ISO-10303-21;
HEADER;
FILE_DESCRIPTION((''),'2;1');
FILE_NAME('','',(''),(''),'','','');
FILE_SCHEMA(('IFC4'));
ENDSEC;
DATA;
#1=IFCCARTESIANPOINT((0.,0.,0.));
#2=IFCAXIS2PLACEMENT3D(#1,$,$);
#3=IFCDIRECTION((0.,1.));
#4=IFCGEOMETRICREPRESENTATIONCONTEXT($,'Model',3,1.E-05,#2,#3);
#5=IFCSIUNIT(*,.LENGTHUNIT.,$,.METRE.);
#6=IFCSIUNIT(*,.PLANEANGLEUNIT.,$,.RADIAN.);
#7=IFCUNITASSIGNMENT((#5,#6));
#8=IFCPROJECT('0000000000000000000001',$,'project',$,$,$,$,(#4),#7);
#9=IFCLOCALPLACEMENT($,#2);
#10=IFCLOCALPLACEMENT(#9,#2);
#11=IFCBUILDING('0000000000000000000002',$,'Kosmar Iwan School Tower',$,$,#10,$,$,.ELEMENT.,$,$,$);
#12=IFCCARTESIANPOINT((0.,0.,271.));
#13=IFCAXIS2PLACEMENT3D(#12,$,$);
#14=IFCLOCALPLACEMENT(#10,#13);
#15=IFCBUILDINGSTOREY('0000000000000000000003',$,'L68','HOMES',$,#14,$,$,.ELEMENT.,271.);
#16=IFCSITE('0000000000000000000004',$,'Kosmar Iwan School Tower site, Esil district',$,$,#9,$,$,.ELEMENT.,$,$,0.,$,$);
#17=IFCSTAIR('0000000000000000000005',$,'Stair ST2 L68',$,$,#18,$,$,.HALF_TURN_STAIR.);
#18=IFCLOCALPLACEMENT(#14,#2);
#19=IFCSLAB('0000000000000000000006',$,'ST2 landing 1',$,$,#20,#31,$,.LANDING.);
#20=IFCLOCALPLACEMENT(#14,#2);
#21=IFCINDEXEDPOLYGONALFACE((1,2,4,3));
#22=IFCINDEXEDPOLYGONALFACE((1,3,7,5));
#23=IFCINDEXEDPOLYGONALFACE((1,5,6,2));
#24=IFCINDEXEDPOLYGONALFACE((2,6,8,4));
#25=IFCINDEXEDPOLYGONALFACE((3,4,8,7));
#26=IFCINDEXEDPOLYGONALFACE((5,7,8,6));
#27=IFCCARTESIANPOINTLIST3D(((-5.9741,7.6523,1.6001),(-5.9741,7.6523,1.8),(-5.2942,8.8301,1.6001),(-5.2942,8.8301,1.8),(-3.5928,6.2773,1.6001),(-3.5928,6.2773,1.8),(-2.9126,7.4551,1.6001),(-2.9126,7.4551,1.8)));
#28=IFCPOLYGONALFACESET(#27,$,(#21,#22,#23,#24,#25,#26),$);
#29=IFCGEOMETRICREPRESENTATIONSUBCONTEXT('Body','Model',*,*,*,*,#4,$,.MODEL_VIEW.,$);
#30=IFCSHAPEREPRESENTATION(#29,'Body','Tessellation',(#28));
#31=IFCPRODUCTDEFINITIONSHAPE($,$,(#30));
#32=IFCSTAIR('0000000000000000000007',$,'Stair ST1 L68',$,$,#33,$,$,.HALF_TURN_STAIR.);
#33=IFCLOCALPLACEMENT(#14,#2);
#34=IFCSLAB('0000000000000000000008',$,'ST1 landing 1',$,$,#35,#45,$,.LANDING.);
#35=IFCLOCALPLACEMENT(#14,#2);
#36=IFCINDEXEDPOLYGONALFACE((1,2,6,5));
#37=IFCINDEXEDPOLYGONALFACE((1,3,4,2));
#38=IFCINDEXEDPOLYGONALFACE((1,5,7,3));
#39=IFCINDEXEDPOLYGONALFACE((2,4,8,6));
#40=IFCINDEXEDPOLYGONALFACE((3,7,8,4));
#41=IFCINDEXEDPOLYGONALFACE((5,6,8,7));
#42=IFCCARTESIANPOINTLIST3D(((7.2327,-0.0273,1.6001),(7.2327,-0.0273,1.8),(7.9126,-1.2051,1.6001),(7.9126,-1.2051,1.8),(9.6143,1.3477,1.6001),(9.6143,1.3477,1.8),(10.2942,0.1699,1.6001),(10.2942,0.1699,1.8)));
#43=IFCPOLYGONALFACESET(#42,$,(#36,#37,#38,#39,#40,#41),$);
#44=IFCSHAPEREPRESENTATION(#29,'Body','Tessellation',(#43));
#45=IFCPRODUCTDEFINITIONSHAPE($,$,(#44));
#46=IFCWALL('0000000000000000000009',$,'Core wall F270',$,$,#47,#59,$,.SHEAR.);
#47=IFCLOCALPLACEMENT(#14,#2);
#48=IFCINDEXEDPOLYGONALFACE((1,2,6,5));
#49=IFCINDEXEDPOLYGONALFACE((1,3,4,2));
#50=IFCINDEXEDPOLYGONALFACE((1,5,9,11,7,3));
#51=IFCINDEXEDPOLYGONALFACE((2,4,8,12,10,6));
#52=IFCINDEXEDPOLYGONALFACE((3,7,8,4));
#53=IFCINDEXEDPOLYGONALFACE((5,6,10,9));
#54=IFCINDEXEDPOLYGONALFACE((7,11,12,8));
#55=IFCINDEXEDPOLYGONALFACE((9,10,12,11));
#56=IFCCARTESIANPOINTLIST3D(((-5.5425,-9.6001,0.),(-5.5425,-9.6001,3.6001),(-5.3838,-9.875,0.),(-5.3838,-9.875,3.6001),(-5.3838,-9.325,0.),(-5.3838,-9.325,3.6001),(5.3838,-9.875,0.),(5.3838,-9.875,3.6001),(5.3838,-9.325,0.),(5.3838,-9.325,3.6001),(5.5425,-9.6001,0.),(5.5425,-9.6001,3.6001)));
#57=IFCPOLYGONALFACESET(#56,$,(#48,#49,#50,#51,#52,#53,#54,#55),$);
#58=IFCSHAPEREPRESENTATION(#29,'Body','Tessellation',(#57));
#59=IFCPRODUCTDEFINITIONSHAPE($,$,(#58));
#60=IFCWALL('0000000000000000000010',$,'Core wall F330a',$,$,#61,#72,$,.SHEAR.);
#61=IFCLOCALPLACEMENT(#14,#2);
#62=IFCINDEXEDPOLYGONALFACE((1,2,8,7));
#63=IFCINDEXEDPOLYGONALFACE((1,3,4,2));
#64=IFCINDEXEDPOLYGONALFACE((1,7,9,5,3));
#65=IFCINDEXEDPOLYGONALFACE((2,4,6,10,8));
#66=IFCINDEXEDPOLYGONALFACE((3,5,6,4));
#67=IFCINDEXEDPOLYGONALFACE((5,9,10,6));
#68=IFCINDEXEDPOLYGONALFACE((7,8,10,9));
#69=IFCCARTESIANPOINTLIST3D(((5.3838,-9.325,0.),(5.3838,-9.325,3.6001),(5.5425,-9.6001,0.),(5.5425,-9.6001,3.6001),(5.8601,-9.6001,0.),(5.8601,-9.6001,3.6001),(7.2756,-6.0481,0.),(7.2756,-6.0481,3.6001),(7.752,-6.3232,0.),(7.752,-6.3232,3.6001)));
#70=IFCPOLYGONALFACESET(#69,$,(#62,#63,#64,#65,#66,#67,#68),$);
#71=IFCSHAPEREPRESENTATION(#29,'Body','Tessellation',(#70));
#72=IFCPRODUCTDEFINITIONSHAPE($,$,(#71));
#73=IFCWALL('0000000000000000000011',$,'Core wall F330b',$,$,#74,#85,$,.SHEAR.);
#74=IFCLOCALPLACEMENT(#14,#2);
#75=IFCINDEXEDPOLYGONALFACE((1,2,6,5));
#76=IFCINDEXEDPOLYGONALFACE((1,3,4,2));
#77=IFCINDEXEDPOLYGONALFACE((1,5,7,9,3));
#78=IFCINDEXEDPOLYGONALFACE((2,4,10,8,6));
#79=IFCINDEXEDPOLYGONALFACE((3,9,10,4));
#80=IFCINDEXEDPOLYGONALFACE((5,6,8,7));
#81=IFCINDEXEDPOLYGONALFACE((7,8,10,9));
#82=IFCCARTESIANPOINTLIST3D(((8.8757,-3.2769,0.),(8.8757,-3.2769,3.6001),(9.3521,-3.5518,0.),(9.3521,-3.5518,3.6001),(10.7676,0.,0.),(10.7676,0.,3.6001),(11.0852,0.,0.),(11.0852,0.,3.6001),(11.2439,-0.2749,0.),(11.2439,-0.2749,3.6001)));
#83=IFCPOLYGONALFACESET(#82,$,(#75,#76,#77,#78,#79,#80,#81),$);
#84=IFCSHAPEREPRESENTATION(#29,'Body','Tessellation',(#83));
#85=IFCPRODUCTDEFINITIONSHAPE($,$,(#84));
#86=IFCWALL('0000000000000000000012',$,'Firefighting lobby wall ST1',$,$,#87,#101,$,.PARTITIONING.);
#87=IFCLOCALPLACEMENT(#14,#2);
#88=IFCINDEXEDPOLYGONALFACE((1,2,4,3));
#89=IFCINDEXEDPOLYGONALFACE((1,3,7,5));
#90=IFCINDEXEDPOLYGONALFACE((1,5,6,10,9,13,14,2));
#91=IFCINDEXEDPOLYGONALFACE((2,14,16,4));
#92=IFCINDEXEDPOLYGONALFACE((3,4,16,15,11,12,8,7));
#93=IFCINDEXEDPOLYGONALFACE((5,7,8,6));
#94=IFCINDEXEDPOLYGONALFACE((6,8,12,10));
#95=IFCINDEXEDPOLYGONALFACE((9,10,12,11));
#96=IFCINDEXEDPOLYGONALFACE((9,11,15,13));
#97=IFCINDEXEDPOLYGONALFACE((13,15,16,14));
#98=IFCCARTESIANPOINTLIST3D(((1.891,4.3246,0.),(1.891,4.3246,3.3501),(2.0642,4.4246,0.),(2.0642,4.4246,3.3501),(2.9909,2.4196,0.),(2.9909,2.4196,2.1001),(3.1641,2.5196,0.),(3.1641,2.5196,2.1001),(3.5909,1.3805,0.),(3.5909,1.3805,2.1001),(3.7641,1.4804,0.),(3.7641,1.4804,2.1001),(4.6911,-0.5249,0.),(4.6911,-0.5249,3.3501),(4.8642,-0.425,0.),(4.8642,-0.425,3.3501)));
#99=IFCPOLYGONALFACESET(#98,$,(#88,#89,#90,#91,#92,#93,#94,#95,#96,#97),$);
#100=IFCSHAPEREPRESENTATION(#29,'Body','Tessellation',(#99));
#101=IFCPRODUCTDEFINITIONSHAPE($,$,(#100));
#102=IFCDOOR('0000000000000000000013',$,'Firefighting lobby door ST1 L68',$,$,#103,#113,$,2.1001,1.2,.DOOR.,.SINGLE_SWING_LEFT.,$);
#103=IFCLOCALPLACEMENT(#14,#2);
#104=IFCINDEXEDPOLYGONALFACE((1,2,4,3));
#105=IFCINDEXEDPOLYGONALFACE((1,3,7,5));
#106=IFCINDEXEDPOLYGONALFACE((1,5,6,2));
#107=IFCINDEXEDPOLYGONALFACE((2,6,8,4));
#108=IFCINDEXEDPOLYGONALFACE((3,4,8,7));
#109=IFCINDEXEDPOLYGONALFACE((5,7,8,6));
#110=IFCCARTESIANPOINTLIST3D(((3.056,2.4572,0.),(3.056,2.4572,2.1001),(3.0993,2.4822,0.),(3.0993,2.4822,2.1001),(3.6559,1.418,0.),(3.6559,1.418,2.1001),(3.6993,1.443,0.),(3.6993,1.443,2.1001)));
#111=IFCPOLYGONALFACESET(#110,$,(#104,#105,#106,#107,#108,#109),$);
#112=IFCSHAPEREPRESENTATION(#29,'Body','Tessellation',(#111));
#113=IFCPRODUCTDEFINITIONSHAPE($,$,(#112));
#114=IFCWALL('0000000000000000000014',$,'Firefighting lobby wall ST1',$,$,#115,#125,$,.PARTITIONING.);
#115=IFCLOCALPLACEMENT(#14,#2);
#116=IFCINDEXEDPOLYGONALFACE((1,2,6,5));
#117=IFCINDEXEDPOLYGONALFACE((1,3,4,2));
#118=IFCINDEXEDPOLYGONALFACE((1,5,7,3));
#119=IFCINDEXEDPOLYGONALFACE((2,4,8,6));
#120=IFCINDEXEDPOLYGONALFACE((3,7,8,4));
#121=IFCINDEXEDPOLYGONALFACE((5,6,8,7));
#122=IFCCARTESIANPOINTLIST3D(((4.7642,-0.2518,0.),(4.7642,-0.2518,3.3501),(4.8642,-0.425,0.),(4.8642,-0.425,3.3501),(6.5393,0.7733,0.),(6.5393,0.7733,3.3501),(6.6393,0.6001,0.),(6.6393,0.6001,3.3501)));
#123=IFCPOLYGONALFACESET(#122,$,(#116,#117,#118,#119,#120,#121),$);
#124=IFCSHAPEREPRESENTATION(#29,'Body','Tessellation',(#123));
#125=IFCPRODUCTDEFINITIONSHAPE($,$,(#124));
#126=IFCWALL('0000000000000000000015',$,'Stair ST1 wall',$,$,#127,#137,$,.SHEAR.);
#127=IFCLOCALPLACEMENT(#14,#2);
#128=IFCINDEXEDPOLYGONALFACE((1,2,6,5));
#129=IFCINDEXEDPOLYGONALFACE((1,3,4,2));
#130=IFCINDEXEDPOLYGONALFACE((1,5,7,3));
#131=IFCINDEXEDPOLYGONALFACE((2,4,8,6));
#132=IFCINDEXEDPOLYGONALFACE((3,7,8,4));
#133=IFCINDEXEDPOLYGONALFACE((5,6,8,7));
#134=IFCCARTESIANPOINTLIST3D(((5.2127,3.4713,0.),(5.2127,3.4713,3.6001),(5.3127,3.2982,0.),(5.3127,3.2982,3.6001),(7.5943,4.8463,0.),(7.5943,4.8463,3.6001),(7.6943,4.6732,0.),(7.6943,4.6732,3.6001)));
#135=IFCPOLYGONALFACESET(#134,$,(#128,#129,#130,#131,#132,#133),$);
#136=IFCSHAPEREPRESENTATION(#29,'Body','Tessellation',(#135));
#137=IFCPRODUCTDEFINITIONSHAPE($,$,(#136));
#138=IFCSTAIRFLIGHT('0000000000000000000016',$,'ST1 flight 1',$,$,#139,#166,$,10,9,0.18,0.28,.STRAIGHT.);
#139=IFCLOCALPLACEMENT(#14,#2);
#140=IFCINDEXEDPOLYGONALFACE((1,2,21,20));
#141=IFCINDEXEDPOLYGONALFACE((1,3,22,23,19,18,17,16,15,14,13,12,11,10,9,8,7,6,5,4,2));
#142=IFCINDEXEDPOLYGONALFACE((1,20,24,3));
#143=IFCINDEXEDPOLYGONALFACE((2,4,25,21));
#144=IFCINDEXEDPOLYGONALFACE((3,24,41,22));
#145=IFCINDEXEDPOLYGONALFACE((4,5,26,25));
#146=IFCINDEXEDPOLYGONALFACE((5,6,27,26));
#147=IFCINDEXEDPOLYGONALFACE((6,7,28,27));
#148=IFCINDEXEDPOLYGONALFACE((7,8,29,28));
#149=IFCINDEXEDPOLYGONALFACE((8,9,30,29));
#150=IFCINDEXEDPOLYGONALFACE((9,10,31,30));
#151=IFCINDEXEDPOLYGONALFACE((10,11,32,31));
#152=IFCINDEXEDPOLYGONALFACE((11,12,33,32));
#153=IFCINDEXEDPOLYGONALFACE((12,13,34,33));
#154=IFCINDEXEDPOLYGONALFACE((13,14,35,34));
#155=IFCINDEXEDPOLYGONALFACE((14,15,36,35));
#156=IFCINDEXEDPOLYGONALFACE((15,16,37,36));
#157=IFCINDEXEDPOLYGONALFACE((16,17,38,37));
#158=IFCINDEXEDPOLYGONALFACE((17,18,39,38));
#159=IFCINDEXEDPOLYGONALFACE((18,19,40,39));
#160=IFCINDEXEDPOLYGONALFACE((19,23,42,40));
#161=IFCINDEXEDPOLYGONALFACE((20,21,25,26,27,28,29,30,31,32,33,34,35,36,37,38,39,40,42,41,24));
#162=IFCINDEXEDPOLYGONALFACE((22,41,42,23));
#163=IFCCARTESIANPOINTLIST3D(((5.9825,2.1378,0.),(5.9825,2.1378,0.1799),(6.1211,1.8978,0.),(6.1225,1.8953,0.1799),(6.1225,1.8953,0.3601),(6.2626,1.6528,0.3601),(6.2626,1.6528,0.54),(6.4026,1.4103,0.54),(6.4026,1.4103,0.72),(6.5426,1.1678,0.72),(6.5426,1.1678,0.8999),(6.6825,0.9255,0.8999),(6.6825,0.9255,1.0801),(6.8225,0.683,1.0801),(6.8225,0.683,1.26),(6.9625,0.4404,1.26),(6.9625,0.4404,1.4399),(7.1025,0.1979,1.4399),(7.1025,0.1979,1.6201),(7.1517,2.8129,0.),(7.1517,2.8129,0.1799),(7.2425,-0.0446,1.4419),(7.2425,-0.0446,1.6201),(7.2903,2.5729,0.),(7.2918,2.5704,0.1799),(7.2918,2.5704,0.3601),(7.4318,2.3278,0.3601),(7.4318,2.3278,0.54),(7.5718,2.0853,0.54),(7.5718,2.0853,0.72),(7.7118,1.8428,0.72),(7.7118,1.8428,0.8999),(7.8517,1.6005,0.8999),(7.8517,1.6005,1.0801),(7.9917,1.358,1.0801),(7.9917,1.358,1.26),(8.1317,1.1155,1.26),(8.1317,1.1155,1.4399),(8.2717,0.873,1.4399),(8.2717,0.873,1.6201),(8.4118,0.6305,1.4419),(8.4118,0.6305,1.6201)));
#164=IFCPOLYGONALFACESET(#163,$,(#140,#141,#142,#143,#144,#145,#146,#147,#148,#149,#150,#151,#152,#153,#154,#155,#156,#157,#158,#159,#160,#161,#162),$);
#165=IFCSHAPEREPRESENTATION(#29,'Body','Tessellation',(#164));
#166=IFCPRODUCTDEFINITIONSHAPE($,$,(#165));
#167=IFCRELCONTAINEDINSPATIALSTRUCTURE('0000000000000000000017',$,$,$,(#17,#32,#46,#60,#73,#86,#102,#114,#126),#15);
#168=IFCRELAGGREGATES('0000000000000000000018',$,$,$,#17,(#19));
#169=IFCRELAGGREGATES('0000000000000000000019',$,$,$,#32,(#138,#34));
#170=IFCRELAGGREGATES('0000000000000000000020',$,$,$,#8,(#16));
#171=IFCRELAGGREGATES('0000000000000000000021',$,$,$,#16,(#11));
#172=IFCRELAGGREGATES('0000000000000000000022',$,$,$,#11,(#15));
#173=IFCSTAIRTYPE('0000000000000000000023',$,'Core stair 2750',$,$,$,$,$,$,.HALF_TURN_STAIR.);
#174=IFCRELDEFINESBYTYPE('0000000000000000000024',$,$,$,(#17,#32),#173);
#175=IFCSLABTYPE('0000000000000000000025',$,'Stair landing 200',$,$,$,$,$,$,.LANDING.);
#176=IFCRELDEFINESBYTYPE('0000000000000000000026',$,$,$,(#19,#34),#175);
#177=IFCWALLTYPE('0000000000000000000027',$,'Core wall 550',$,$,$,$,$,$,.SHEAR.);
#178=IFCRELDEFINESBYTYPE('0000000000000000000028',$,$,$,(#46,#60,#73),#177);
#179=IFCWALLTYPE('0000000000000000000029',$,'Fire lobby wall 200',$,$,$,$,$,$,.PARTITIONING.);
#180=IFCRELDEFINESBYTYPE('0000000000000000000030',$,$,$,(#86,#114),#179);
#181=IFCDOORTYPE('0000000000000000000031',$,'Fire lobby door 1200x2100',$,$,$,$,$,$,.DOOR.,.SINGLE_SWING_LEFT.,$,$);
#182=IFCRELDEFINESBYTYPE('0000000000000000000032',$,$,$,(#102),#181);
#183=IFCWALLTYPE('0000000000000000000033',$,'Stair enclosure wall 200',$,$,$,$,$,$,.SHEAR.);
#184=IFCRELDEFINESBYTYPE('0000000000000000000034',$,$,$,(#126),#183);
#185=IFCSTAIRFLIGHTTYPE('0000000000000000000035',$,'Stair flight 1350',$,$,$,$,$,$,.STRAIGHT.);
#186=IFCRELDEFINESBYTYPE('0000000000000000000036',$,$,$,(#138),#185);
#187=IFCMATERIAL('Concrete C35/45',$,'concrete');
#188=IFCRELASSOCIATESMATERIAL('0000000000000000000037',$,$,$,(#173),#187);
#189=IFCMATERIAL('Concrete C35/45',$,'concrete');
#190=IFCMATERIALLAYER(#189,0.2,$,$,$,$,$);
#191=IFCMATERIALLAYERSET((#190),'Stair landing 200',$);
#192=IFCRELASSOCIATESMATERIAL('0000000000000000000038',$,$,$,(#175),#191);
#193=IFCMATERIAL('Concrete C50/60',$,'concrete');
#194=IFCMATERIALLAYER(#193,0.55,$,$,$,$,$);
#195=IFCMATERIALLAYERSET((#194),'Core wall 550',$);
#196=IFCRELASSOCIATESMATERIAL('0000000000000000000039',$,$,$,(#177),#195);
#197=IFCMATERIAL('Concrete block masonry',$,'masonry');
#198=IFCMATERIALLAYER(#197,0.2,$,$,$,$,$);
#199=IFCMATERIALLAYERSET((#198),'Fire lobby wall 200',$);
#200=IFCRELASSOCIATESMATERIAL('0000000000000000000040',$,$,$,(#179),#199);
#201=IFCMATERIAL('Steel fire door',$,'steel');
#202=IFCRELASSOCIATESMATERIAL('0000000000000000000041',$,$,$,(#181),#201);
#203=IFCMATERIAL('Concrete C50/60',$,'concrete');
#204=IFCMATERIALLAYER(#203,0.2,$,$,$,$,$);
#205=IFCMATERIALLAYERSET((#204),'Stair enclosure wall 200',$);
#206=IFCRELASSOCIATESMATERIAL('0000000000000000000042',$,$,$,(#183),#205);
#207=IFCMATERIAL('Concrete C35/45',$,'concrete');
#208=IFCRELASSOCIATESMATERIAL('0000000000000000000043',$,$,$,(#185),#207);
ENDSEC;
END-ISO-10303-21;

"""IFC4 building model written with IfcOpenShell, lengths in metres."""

from ifc_helpers import new_model, si_unit, direction, frame, frame_2d, origin, place, context, subcontext, project, spatial, polyline, rectangle, outline, extrude, material, layer, layer_set, type_object, element, fill, aggregate, save


model = new_model("IFC4")

# Units and contexts
model_context = context("Model", 3, precision=1e-05, world=origin(), true_north=direction((0.0, 1.0)))
body_context = subcontext(model_context, "Body", "Model", "MODEL_VIEW")
ifc_project = project(units=[si_unit("LENGTHUNIT", "METRE"), si_unit("PLANEANGLEUNIT", "RADIAN")], contexts=[model_context])

# Site, building, storey
site_placement = place(None, origin())
site = spatial("IfcSite", under=ifc_project, at=site_placement, Name="Kosmar Iwan School Tower site, Esil district", CompositionType="ELEMENT", RefElevation=0.0)
building_placement = place(site_placement, origin())
building = spatial("IfcBuilding", under=site, at=building_placement, Name="Kosmar Iwan School Tower", CompositionType="ELEMENT")
storey_placement = place(building_placement, frame((0.0, 0.0, 271.0)))
storey = spatial("IfcBuildingStorey", under=building, at=storey_placement, Name="L68", Description="HOMES", CompositionType="ELEMENT", Elevation=271.0)

# Stairs, slabs
ifc_material_1 = material(Name="Concrete C35/45", Category="concrete")
stair_type = type_object("IfcStairType", Name="Core stair 2750", PredefinedType="HALF_TURN_STAIR", material=ifc_material_1)
stair_1_placement = place(storey_placement, origin())
stair_1 = element("IfcStair", 1, at=stair_1_placement, inside=storey, type_object=stair_type, Name="Stair ST2 L68", PredefinedType="HALF_TURN_STAIR")
ifc_material_2 = material(Name="Concrete C35/45", Category="concrete")
ifc_layer_1 = layer(ifc_material_2, 0.2)
ifc_layer_set_1 = layer_set([ifc_layer_1], Name="Stair landing 200")
slab_type = type_object("IfcSlabType", Name="Stair landing 200", PredefinedType="LANDING", material=ifc_layer_set_1)
slab_1_placement = place(storey_placement, frame((0.0, 0.0, 1.6001)))
slab_1 = element("IfcSlab", 2, at=slab_1_placement, type_object=slab_type, Name="ST2 landing 1", PredefinedType="LANDING", context=body_context, shape_type="SweptSolid", body=[
    extrude(outline(polyline([(-2.9126, 7.4551), (-5.2942, 8.8301), (-5.9741, 7.6523), (-3.5928, 6.2773), (-2.9126, 7.4551)])), origin(), (0.0, 0.0, 1.0), 0.2),
])
aggregate(stair_1, [slab_1])
stair_2_placement = place(storey_placement, origin())
stair_2 = element("IfcStair", 3, at=stair_2_placement, inside=storey, type_object=stair_type, Name="Stair ST1 L68", PredefinedType="HALF_TURN_STAIR")
slab_2_placement = place(storey_placement, frame((0.0, 0.0, 1.6001)))
slab_2 = element("IfcSlab", 4, at=slab_2_placement, type_object=slab_type, Name="ST1 landing 1", PredefinedType="LANDING", context=body_context, shape_type="SweptSolid", body=[
    extrude(outline(polyline([(7.9126, -1.2051), (10.2942, 0.1699), (9.6143, 1.3477), (7.2327, -0.0273), (7.9126, -1.2051)])), origin(), (0.0, 0.0, 1.0), 0.2),
])

# Walls
ifc_material_3 = material(Name="Concrete C50/60", Category="concrete")
ifc_layer_2 = layer(ifc_material_3, 0.55)
ifc_layer_set_2 = layer_set([ifc_layer_2], Name="Core wall 550")
wall_type_1 = type_object("IfcWallType", Name="Core wall 550", PredefinedType="SHEAR", material=ifc_layer_set_2)
wall_1_placement = place(storey_placement, origin())
element("IfcWall", 5, at=wall_1_placement, inside=storey, type_object=wall_type_1, Name="Core wall F270", PredefinedType="SHEAR", context=body_context, shape_type="SweptSolid", body=[
    extrude(outline(polyline([(-5.3838, -9.875), (5.3838, -9.875), (5.5425, -9.6001), (5.3838, -9.325), (-5.3838, -9.325), (-5.5425, -9.6001), (-5.3838, -9.875)])), origin(), (0.0, 0.0, 1.0), 3.6001),
])
wall_2_placement = place(storey_placement, origin())
element("IfcWall", 6, at=wall_2_placement, inside=storey, type_object=wall_type_1, Name="Core wall F330a", PredefinedType="SHEAR", context=body_context, shape_type="SweptSolid", body=[
    extrude(outline(polyline([(5.5425, -9.6001), (5.8601, -9.6001), (7.752, -6.3232), (7.2756, -6.0481), (5.3838, -9.325), (5.5425, -9.6001)])), origin(), (0.0, 0.0, 1.0), 3.6001),
])
wall_3_placement = place(storey_placement, origin())
element("IfcWall", 7, at=wall_3_placement, inside=storey, type_object=wall_type_1, Name="Core wall F330b", PredefinedType="SHEAR", context=body_context, shape_type="SweptSolid", body=[
    extrude(outline(polyline([(9.3521, -3.5518), (11.2439, -0.2749), (11.0852, 0.0), (10.7676, 0.0), (8.8757, -3.2769), (9.3521, -3.5518)])), origin(), (0.0, 0.0, 1.0), 3.6001),
])

# Wall, opening, door
ifc_material_4 = material(Name="Concrete block masonry", Category="masonry")
ifc_layer_3 = layer(ifc_material_4, 0.2)
ifc_layer_set_3 = layer_set([ifc_layer_3], Name="Fire lobby wall 200")
wall_type_2 = type_object("IfcWallType", Name="Fire lobby wall 200", PredefinedType="PARTITIONING", material=ifc_layer_set_3)
wall_4_placement = place(storey_placement, frame((4.7776, -0.4749, 0.0), z_axis=(0.0, 0.0, 1.0), x_axis=(-0.500017, 0.866016, 0.0)))
wall_4 = element("IfcWall", 8, at=wall_4_placement, inside=storey, type_object=wall_type_2, Name="Firefighting lobby wall ST1", PredefinedType="PARTITIONING", context=body_context, shape_type="SweptSolid", body=[
    extrude(rectangle(XDim=5.5999, YDim=0.2, at=frame_2d((2.7998, 0.0))), origin(), (0.0, 0.0, 1.0), 3.3501),
])
opening_placement = place(wall_4_placement, frame((2.2, 0.0, 0.0)))
opening = element("IfcOpeningElement", 9, at=opening_placement, cuts=wall_4, PredefinedType="OPENING", context=body_context, shape_type="SweptSolid", body=[
    extrude(rectangle(XDim=1.2, YDim=2.1001, at=frame_2d((0.6001, 1.05))), frame((0.0, 0.1121, 0.0), z_axis=(0.0, -1.0, 0.0), x_axis=(1.0, 0.0, 0.0)), (0.0, 0.0, 1.0), 0.2239),
])
ifc_material_5 = material(Name="Steel fire door", Category="steel")
door_type = type_object("IfcDoorType", Name="Fire lobby door 1200x2100", OperationType="SINGLE_SWING_LEFT", PredefinedType="DOOR", material=ifc_material_5)
door_placement = place(opening_placement, origin())
door = element("IfcDoor", 10, at=door_placement, inside=storey, type_object=door_type, Name="Firefighting lobby door ST1 L68", OperationType="SINGLE_SWING_LEFT", OverallHeight=2.1001, OverallWidth=1.2, PredefinedType="DOOR", context=body_context, shape_type="SweptSolid", body=[
    extrude(rectangle(XDim=1.2, YDim=2.1001, at=frame_2d((0.6001, 1.05))), frame((0.0, 0.0249, 0.0), z_axis=(0.0, -1.0, 0.0), x_axis=(1.0, 0.0, 0.0)), (0.0, 0.0, 1.0), 0.05),
])
fill(opening, door)

# Walls
wall_5_placement = place(storey_placement, frame((4.8142, -0.3384, 0.0), z_axis=(0.0, 0.0, 1.0), x_axis=(0.865969, 0.500097, 0.0)))
element("IfcWall", 11, at=wall_5_placement, inside=storey, type_object=wall_type_2, Name="Firefighting lobby wall ST1", PredefinedType="PARTITIONING", context=body_context, shape_type="SweptSolid", body=[
    extrude(rectangle(XDim=2.0498, YDim=0.2, at=frame_2d((1.0249, 0.0))), origin(), (0.0, 0.0, 1.0), 3.3501),
])
ifc_material_6 = material(Name="Concrete C50/60", Category="concrete")
ifc_layer_4 = layer(ifc_material_6, 0.2)
ifc_layer_set_4 = layer_set([ifc_layer_4], Name="Stair enclosure wall 200")
wall_type_3 = type_object("IfcWallType", Name="Stair enclosure wall 200", PredefinedType="SHEAR", material=ifc_layer_set_4)
wall_6_placement = place(storey_placement, frame((5.2627, 3.3848, 0.0), z_axis=(0.0, 0.0, 1.0), x_axis=(0.866027, 0.499997, 0.0)))
element("IfcWall", 12, at=wall_6_placement, inside=storey, type_object=wall_type_3, Name="Stair ST1 wall", PredefinedType="SHEAR", context=body_context, shape_type="SweptSolid", body=[
    extrude(rectangle(XDim=2.75, YDim=0.2, at=frame_2d((1.375, 0.0))), origin(), (0.0, 0.0, 1.0), 3.6001),
])

# Stair flight
ifc_material_7 = material(Name="Concrete C35/45", Category="concrete")
stair_flight_type = type_object("IfcStairFlightType", Name="Stair flight 1350", PredefinedType="STRAIGHT", material=ifc_material_7)
stair_flight_placement = place(storey_placement, frame((6.5671, 2.4753, 0.0), z_axis=(0.0, 0.0, 1.0), x_axis=(0.5, -0.866025, 0.0)))
stair_flight = element("IfcStairFlight", 13, at=stair_flight_placement, type_object=stair_flight_type, Name="ST1 flight 1", NumberOfRisers=10, NumberOfTreads=9, PredefinedType="STRAIGHT", RiserHeight=0.18, TreadLength=0.28, context=body_context, shape_type="SweptSolid", body=[
    extrude(outline(polyline([(0.0, 0.0), (0.0, 0.1799), (0.28, 0.1799), (0.28, 0.3601), (0.5601, 0.3601), (0.5601, 0.54), (0.8401, 0.54), (0.8401, 0.72), (1.1201, 0.72), (1.1201, 0.8999), (1.3999, 0.8999), (1.3999, 1.0801), (1.6799, 1.0801), (1.6799, 1.26), (1.96, 1.26), (1.96, 1.4399), (2.24, 1.4399), (2.24, 1.6201), (2.52, 1.6201), (2.52, 1.8), (2.52, 1.4419), (0.2771, 0.0), (0.0, 0.0)])), frame((0.0, 0.675, 0.0), z_axis=(0.0, -1.0, 0.0), x_axis=(1.0, 0.0, 0.0)), (0.0, 0.0, 1.0), 1.3501),
])
aggregate(stair_2, [stair_flight, slab_2])

save(model, "model.ifc")
